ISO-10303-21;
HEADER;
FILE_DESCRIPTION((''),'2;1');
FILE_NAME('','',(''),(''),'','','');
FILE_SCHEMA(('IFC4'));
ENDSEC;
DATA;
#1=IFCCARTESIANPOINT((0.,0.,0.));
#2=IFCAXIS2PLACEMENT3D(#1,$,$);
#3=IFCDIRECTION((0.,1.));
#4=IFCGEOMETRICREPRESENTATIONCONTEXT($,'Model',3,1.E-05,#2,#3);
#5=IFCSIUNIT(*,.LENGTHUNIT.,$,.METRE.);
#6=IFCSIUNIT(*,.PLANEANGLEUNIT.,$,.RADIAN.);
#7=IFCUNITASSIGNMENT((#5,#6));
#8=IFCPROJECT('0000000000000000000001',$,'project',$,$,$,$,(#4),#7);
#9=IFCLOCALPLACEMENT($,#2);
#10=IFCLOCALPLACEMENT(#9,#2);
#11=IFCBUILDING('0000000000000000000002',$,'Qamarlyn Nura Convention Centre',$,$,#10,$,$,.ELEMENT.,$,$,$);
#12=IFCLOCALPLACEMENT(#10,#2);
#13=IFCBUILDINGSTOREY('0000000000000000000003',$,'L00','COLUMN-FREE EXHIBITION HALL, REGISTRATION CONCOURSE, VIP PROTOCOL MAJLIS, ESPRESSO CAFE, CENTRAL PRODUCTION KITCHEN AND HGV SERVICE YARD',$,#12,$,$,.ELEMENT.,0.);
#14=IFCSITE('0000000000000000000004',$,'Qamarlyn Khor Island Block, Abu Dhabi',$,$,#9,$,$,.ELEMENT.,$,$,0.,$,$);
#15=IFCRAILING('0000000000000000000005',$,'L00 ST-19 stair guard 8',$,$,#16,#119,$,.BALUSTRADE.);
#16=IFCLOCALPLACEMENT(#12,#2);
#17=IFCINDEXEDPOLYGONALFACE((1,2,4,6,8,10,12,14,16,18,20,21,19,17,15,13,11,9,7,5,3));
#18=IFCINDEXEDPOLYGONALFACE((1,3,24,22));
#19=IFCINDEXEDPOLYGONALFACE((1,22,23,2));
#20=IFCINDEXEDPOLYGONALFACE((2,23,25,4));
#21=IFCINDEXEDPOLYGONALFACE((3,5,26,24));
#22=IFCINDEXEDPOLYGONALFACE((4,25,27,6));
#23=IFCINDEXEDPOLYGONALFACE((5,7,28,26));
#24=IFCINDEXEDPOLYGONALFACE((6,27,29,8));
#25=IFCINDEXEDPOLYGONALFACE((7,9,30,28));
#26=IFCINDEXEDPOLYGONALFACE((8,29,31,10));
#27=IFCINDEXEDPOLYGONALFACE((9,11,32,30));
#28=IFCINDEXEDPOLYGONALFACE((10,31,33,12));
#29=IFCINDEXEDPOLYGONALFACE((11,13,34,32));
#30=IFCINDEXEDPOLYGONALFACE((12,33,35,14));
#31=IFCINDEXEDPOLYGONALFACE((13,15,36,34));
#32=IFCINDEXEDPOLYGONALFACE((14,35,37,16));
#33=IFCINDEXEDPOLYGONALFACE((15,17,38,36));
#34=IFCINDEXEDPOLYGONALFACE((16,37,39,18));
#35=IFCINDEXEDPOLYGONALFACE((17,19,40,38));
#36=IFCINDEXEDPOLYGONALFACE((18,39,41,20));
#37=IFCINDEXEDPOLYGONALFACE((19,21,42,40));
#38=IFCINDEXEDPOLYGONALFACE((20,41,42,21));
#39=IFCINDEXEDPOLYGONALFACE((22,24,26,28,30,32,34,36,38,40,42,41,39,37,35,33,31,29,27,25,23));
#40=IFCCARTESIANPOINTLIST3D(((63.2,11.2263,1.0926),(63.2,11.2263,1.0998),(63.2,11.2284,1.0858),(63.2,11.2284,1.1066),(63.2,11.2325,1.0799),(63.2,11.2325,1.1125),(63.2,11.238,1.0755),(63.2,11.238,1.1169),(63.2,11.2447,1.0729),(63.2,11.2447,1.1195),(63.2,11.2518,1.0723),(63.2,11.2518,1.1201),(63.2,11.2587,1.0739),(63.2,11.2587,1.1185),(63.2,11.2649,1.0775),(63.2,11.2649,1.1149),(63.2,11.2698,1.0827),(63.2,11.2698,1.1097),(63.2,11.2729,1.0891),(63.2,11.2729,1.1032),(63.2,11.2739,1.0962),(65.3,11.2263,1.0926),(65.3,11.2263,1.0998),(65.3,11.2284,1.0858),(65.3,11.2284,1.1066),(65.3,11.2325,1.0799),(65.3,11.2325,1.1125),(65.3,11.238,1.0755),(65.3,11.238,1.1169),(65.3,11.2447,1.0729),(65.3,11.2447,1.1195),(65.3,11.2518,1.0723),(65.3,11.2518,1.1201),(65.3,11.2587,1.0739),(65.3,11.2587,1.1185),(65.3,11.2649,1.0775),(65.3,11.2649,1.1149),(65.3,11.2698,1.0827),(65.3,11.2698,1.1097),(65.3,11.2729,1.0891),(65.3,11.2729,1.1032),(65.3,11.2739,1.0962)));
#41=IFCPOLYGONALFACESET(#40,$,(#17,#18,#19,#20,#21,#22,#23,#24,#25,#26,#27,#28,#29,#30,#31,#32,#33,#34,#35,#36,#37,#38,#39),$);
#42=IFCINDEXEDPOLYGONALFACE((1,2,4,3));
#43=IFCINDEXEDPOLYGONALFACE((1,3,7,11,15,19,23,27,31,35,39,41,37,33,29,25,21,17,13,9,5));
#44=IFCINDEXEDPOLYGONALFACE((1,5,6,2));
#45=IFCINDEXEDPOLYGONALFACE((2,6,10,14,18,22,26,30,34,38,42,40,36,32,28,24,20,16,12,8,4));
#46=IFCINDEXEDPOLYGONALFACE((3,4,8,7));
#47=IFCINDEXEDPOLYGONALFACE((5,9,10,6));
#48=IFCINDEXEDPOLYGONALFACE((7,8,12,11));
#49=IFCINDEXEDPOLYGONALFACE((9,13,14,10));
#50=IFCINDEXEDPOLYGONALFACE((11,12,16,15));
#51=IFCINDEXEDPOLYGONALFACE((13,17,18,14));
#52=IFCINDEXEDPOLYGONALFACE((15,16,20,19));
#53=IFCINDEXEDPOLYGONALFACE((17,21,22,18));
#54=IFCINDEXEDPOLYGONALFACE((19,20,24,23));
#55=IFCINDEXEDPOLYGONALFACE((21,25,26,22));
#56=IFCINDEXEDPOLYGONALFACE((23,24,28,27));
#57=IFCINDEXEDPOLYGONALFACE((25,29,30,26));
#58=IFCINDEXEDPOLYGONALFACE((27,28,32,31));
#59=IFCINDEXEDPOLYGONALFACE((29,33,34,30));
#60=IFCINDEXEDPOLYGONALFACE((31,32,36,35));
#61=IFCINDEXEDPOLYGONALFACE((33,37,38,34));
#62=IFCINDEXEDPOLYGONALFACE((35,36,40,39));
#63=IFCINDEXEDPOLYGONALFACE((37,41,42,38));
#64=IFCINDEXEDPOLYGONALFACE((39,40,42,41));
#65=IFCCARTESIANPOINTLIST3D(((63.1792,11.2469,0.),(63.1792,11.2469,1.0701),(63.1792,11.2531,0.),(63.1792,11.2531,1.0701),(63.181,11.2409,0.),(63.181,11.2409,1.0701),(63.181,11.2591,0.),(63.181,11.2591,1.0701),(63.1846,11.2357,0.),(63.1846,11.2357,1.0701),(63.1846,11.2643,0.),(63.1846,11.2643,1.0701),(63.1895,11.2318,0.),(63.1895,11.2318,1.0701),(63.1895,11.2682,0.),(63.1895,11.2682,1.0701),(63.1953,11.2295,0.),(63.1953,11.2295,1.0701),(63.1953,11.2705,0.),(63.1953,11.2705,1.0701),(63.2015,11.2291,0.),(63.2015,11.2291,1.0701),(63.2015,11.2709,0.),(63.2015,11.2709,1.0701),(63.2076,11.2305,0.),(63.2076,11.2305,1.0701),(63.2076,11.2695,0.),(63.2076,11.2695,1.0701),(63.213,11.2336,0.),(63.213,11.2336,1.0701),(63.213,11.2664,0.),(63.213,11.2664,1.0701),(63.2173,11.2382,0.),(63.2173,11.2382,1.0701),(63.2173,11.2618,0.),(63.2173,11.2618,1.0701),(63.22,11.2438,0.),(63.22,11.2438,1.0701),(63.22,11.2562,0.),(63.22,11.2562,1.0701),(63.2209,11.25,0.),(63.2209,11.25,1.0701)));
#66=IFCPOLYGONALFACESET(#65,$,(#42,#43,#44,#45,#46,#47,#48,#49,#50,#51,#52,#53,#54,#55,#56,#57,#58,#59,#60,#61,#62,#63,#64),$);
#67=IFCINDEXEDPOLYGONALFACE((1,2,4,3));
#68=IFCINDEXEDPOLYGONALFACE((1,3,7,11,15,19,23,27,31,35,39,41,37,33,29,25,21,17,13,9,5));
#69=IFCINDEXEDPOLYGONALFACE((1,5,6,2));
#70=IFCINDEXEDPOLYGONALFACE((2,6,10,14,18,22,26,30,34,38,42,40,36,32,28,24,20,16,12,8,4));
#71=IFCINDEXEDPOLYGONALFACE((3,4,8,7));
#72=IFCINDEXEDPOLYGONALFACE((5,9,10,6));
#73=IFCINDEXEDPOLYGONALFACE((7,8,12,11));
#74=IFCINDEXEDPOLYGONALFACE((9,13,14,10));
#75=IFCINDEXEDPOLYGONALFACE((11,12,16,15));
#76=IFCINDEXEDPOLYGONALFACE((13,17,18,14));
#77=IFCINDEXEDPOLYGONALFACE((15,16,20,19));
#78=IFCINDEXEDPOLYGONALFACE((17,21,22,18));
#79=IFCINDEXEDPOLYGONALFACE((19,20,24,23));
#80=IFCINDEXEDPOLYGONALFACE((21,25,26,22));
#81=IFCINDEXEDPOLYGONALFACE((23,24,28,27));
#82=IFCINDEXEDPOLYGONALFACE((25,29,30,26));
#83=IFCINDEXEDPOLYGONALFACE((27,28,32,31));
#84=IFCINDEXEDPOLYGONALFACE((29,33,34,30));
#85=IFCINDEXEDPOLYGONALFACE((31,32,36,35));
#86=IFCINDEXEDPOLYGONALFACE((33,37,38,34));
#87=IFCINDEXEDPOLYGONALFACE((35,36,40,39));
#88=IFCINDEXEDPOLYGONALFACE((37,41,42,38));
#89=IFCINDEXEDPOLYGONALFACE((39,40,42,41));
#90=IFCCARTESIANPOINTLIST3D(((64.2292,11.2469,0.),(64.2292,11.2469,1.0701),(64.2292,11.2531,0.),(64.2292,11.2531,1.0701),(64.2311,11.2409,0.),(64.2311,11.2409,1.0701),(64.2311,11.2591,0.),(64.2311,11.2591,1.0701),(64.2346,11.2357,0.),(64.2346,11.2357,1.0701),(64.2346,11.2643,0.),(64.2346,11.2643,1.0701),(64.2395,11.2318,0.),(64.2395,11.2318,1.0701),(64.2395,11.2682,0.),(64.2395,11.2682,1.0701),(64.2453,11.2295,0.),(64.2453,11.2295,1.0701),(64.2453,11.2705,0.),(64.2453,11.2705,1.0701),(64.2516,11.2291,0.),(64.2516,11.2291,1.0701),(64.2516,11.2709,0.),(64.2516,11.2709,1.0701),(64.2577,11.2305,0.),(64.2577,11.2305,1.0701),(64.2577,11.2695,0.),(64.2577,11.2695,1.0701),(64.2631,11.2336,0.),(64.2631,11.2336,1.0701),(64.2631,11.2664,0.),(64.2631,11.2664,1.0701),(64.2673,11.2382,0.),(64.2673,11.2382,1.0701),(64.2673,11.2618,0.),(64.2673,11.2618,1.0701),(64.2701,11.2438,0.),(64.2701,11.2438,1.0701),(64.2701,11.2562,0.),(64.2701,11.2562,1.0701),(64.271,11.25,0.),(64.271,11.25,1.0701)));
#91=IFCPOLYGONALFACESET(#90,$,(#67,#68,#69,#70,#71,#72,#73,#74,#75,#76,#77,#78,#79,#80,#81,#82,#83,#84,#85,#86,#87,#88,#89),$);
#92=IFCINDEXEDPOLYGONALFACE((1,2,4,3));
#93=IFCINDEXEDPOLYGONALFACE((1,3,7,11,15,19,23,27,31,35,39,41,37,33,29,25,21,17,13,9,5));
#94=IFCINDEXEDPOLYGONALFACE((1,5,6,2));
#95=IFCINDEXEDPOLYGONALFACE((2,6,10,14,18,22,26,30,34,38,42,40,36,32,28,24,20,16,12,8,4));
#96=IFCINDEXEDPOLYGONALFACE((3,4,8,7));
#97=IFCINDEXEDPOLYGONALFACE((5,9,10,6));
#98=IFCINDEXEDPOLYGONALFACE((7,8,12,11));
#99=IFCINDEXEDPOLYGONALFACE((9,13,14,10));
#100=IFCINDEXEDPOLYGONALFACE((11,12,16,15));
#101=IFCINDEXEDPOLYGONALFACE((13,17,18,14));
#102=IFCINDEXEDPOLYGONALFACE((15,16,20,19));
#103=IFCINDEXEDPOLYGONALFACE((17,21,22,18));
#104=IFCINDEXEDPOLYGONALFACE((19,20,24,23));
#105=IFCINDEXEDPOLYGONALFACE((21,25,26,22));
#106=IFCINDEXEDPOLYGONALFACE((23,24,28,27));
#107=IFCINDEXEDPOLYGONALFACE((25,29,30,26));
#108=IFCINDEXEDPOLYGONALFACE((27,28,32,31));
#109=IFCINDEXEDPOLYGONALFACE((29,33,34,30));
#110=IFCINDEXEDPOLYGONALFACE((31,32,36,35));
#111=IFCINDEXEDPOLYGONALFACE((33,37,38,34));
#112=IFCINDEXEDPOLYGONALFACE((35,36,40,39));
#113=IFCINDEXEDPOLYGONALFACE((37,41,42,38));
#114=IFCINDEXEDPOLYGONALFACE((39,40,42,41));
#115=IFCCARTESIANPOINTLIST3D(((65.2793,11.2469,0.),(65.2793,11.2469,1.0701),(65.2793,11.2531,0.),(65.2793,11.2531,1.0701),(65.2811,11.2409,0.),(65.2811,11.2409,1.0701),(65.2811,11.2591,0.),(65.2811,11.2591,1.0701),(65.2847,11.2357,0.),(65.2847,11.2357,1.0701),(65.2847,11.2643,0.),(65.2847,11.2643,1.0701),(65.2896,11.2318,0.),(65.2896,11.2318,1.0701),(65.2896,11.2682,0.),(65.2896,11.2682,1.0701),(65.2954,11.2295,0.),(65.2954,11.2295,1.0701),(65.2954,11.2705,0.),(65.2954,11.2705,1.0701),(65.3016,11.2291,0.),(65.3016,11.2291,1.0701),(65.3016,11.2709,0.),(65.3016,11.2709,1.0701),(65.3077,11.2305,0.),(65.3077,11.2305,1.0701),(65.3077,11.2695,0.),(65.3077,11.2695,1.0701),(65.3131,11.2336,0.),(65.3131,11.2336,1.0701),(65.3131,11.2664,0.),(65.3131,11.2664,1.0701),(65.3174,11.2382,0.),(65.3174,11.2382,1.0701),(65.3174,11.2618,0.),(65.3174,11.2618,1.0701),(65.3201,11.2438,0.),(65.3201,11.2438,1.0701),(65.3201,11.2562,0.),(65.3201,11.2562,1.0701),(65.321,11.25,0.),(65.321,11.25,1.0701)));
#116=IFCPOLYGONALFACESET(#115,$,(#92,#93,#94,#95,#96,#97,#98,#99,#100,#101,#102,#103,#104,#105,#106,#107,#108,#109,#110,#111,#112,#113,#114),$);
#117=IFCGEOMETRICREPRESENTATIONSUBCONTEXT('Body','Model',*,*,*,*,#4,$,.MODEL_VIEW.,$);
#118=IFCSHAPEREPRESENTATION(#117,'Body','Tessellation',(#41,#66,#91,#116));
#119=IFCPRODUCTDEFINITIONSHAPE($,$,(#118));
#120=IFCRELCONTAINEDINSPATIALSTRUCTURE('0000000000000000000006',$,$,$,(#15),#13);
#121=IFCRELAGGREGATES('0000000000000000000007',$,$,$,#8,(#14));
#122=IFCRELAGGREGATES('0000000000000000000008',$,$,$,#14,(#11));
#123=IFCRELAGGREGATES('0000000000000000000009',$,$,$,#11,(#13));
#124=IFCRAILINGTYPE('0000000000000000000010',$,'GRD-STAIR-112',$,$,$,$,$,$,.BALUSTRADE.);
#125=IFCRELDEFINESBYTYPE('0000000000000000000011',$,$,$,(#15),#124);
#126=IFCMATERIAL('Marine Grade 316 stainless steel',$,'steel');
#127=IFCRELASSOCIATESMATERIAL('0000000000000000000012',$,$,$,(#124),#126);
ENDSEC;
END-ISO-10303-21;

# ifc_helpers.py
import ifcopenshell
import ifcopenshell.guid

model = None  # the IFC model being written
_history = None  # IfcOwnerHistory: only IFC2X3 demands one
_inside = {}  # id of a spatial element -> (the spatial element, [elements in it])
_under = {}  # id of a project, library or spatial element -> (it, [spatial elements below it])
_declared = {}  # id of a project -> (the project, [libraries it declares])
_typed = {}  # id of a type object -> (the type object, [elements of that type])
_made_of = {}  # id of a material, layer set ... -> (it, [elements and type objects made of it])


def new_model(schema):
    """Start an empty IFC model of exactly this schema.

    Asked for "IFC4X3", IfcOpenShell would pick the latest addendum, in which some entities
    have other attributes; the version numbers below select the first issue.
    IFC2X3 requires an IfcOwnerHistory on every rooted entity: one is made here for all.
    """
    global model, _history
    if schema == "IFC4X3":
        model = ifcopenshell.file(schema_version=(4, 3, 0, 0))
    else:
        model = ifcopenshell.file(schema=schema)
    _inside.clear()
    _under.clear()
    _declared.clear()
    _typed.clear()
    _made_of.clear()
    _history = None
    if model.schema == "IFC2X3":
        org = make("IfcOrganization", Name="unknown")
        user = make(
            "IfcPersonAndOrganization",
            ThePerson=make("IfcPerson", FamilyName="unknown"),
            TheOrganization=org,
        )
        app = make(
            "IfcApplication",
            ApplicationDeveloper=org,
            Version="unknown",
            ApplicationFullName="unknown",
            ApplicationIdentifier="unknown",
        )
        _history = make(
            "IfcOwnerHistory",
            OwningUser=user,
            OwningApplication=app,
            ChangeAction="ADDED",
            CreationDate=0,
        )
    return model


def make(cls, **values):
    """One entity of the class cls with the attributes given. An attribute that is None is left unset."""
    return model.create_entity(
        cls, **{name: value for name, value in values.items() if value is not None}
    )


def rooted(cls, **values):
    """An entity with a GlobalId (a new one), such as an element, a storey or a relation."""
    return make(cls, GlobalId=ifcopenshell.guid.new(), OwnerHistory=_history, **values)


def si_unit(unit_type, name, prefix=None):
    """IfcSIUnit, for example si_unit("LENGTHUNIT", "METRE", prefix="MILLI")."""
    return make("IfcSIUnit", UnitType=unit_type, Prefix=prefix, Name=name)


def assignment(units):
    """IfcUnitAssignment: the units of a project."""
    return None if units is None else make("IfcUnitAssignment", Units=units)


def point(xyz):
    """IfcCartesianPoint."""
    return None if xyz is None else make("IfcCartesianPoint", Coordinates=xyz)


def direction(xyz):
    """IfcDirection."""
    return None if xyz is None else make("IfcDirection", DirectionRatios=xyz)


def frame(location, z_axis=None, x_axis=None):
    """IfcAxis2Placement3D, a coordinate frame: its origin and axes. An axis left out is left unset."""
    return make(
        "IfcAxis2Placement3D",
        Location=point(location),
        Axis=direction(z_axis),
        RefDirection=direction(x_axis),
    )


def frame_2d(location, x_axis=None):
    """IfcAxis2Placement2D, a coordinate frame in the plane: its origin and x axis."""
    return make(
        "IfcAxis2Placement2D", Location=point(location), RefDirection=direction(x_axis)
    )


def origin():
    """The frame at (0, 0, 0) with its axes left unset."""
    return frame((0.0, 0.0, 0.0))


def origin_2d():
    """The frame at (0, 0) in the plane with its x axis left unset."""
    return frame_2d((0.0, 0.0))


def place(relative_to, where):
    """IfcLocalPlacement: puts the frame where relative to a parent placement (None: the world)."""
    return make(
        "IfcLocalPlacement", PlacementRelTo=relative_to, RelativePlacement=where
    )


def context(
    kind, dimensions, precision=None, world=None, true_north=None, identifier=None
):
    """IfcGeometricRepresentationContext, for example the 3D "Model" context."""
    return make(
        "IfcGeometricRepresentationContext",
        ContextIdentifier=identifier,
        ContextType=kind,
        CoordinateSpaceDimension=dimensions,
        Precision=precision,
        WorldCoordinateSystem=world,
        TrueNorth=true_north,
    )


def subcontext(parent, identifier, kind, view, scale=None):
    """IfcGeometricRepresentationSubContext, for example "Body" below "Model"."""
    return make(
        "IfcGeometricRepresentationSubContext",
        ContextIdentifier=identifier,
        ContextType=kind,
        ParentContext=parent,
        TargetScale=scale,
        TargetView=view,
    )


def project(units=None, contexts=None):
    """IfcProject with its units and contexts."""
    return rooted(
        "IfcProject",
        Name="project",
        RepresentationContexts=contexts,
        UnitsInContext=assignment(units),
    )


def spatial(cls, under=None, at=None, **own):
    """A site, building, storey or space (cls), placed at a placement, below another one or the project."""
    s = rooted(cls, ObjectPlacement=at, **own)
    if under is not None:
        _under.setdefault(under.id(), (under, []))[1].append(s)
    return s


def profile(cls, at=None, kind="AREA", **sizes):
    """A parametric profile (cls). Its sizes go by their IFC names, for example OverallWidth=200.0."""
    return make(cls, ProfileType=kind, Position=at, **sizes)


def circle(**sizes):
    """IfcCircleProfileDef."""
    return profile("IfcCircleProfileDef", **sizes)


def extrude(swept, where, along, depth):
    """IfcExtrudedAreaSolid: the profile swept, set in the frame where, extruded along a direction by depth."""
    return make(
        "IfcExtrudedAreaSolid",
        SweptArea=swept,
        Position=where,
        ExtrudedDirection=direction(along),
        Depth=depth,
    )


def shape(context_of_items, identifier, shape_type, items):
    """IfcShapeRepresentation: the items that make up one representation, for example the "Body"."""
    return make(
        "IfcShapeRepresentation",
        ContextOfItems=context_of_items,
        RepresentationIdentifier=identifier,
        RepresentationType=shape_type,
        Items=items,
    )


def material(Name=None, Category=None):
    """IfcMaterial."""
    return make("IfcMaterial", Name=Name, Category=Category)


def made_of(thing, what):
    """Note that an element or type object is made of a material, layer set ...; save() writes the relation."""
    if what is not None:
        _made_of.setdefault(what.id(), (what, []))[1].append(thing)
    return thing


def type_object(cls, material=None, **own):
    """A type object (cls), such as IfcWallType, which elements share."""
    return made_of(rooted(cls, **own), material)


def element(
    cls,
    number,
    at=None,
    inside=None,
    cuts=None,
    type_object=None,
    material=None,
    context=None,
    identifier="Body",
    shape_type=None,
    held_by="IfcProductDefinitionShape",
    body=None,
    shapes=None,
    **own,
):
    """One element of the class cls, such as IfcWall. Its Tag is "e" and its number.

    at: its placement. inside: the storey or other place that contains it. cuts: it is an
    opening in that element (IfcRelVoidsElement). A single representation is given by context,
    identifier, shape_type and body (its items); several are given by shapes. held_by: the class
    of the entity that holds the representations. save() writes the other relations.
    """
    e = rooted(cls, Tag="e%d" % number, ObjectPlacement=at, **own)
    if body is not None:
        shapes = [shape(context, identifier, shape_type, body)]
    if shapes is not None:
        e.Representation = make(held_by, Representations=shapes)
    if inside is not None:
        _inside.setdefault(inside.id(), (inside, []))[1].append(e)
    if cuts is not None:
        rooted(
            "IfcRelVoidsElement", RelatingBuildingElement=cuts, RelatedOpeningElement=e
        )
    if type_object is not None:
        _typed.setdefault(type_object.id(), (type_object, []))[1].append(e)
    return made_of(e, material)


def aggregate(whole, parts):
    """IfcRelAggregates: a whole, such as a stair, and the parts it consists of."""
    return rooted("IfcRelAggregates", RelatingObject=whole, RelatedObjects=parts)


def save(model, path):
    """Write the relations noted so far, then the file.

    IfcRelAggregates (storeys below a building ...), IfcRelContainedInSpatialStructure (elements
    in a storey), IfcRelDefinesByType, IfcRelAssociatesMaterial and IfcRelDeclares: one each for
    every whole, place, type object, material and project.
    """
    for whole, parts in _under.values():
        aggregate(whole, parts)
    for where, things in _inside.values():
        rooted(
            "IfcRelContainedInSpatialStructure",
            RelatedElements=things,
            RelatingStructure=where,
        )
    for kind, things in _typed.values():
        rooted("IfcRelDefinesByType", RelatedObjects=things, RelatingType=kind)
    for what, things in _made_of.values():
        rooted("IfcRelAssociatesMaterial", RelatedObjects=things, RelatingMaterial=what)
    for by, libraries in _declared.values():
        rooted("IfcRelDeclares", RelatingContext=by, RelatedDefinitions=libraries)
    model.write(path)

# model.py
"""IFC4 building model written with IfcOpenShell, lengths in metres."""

from ifc_helpers import new_model, si_unit, direction, frame, origin, origin_2d, place, context, subcontext, project, spatial, circle, extrude, material, type_object, element, save


model = new_model("IFC4")

# Units and contexts
model_context = context("Model", 3, precision=1e-05, world=origin(), true_north=direction((0.0, 1.0)))
body_context = subcontext(model_context, "Body", "Model", "MODEL_VIEW")
ifc_project = project(units=[si_unit("LENGTHUNIT", "METRE"), si_unit("PLANEANGLEUNIT", "RADIAN")], contexts=[model_context])

# Site, building, storey
site_placement = place(None, origin())
site = spatial("IfcSite", under=ifc_project, at=site_placement, Name="Qamarlyn Khor Island Block, Abu Dhabi", CompositionType="ELEMENT", RefElevation=0.0)
building_placement = place(site_placement, origin())
building = spatial("IfcBuilding", under=site, at=building_placement, Name="Qamarlyn Nura Convention Centre", CompositionType="ELEMENT")
storey_placement = place(building_placement, origin())
storey = spatial("IfcBuildingStorey", under=building, at=storey_placement, Name="L00", Description="COLUMN-FREE EXHIBITION HALL, REGISTRATION CONCOURSE, VIP PROTOCOL MAJLIS, ESPRESSO CAFE, CENTRAL PRODUCTION KITCHEN AND HGV SERVICE YARD", CompositionType="ELEMENT", Elevation=0.0)

# Railing
ifc_material_1 = material(Name="Marine Grade 316 stainless steel", Category="steel")
railing_type_1 = type_object("IfcRailingType", Name="GRD-STAIR-112", PredefinedType="BALUSTRADE", material=ifc_material_1)
railing_1_placement = place(storey_placement, frame((63.2, 11.25, 0.0)))
element("IfcRailing", 1, at=railing_1_placement, inside=storey, type_object=railing_type_1, Name="L00 ST-19 stair guard 8", PredefinedType="BALUSTRADE", context=body_context, shape_type="SweptSolid", body=[
    extrude(circle(Radius=0.0239, at=origin_2d()), frame((0.0, 0.0, 1.0962), z_axis=(1.0, 0.0, 0.0), x_axis=(0.0, 1.0, 0.0)), (0.0, 0.0, 1.0), 2.1001),
    extrude(circle(Radius=0.021, at=origin_2d()), origin(), (0.0, 0.0, 1.0), 1.0701),
    extrude(circle(Radius=0.021, at=origin_2d()), frame((1.05, 0.0, 0.0)), (0.0, 0.0, 1.0), 1.0701),
    extrude(circle(Radius=0.021, at=origin_2d()), frame((2.1001, 0.0, 0.0)), (0.0, 0.0, 1.0), 1.0701),
])

save(model, "model.ifc")
